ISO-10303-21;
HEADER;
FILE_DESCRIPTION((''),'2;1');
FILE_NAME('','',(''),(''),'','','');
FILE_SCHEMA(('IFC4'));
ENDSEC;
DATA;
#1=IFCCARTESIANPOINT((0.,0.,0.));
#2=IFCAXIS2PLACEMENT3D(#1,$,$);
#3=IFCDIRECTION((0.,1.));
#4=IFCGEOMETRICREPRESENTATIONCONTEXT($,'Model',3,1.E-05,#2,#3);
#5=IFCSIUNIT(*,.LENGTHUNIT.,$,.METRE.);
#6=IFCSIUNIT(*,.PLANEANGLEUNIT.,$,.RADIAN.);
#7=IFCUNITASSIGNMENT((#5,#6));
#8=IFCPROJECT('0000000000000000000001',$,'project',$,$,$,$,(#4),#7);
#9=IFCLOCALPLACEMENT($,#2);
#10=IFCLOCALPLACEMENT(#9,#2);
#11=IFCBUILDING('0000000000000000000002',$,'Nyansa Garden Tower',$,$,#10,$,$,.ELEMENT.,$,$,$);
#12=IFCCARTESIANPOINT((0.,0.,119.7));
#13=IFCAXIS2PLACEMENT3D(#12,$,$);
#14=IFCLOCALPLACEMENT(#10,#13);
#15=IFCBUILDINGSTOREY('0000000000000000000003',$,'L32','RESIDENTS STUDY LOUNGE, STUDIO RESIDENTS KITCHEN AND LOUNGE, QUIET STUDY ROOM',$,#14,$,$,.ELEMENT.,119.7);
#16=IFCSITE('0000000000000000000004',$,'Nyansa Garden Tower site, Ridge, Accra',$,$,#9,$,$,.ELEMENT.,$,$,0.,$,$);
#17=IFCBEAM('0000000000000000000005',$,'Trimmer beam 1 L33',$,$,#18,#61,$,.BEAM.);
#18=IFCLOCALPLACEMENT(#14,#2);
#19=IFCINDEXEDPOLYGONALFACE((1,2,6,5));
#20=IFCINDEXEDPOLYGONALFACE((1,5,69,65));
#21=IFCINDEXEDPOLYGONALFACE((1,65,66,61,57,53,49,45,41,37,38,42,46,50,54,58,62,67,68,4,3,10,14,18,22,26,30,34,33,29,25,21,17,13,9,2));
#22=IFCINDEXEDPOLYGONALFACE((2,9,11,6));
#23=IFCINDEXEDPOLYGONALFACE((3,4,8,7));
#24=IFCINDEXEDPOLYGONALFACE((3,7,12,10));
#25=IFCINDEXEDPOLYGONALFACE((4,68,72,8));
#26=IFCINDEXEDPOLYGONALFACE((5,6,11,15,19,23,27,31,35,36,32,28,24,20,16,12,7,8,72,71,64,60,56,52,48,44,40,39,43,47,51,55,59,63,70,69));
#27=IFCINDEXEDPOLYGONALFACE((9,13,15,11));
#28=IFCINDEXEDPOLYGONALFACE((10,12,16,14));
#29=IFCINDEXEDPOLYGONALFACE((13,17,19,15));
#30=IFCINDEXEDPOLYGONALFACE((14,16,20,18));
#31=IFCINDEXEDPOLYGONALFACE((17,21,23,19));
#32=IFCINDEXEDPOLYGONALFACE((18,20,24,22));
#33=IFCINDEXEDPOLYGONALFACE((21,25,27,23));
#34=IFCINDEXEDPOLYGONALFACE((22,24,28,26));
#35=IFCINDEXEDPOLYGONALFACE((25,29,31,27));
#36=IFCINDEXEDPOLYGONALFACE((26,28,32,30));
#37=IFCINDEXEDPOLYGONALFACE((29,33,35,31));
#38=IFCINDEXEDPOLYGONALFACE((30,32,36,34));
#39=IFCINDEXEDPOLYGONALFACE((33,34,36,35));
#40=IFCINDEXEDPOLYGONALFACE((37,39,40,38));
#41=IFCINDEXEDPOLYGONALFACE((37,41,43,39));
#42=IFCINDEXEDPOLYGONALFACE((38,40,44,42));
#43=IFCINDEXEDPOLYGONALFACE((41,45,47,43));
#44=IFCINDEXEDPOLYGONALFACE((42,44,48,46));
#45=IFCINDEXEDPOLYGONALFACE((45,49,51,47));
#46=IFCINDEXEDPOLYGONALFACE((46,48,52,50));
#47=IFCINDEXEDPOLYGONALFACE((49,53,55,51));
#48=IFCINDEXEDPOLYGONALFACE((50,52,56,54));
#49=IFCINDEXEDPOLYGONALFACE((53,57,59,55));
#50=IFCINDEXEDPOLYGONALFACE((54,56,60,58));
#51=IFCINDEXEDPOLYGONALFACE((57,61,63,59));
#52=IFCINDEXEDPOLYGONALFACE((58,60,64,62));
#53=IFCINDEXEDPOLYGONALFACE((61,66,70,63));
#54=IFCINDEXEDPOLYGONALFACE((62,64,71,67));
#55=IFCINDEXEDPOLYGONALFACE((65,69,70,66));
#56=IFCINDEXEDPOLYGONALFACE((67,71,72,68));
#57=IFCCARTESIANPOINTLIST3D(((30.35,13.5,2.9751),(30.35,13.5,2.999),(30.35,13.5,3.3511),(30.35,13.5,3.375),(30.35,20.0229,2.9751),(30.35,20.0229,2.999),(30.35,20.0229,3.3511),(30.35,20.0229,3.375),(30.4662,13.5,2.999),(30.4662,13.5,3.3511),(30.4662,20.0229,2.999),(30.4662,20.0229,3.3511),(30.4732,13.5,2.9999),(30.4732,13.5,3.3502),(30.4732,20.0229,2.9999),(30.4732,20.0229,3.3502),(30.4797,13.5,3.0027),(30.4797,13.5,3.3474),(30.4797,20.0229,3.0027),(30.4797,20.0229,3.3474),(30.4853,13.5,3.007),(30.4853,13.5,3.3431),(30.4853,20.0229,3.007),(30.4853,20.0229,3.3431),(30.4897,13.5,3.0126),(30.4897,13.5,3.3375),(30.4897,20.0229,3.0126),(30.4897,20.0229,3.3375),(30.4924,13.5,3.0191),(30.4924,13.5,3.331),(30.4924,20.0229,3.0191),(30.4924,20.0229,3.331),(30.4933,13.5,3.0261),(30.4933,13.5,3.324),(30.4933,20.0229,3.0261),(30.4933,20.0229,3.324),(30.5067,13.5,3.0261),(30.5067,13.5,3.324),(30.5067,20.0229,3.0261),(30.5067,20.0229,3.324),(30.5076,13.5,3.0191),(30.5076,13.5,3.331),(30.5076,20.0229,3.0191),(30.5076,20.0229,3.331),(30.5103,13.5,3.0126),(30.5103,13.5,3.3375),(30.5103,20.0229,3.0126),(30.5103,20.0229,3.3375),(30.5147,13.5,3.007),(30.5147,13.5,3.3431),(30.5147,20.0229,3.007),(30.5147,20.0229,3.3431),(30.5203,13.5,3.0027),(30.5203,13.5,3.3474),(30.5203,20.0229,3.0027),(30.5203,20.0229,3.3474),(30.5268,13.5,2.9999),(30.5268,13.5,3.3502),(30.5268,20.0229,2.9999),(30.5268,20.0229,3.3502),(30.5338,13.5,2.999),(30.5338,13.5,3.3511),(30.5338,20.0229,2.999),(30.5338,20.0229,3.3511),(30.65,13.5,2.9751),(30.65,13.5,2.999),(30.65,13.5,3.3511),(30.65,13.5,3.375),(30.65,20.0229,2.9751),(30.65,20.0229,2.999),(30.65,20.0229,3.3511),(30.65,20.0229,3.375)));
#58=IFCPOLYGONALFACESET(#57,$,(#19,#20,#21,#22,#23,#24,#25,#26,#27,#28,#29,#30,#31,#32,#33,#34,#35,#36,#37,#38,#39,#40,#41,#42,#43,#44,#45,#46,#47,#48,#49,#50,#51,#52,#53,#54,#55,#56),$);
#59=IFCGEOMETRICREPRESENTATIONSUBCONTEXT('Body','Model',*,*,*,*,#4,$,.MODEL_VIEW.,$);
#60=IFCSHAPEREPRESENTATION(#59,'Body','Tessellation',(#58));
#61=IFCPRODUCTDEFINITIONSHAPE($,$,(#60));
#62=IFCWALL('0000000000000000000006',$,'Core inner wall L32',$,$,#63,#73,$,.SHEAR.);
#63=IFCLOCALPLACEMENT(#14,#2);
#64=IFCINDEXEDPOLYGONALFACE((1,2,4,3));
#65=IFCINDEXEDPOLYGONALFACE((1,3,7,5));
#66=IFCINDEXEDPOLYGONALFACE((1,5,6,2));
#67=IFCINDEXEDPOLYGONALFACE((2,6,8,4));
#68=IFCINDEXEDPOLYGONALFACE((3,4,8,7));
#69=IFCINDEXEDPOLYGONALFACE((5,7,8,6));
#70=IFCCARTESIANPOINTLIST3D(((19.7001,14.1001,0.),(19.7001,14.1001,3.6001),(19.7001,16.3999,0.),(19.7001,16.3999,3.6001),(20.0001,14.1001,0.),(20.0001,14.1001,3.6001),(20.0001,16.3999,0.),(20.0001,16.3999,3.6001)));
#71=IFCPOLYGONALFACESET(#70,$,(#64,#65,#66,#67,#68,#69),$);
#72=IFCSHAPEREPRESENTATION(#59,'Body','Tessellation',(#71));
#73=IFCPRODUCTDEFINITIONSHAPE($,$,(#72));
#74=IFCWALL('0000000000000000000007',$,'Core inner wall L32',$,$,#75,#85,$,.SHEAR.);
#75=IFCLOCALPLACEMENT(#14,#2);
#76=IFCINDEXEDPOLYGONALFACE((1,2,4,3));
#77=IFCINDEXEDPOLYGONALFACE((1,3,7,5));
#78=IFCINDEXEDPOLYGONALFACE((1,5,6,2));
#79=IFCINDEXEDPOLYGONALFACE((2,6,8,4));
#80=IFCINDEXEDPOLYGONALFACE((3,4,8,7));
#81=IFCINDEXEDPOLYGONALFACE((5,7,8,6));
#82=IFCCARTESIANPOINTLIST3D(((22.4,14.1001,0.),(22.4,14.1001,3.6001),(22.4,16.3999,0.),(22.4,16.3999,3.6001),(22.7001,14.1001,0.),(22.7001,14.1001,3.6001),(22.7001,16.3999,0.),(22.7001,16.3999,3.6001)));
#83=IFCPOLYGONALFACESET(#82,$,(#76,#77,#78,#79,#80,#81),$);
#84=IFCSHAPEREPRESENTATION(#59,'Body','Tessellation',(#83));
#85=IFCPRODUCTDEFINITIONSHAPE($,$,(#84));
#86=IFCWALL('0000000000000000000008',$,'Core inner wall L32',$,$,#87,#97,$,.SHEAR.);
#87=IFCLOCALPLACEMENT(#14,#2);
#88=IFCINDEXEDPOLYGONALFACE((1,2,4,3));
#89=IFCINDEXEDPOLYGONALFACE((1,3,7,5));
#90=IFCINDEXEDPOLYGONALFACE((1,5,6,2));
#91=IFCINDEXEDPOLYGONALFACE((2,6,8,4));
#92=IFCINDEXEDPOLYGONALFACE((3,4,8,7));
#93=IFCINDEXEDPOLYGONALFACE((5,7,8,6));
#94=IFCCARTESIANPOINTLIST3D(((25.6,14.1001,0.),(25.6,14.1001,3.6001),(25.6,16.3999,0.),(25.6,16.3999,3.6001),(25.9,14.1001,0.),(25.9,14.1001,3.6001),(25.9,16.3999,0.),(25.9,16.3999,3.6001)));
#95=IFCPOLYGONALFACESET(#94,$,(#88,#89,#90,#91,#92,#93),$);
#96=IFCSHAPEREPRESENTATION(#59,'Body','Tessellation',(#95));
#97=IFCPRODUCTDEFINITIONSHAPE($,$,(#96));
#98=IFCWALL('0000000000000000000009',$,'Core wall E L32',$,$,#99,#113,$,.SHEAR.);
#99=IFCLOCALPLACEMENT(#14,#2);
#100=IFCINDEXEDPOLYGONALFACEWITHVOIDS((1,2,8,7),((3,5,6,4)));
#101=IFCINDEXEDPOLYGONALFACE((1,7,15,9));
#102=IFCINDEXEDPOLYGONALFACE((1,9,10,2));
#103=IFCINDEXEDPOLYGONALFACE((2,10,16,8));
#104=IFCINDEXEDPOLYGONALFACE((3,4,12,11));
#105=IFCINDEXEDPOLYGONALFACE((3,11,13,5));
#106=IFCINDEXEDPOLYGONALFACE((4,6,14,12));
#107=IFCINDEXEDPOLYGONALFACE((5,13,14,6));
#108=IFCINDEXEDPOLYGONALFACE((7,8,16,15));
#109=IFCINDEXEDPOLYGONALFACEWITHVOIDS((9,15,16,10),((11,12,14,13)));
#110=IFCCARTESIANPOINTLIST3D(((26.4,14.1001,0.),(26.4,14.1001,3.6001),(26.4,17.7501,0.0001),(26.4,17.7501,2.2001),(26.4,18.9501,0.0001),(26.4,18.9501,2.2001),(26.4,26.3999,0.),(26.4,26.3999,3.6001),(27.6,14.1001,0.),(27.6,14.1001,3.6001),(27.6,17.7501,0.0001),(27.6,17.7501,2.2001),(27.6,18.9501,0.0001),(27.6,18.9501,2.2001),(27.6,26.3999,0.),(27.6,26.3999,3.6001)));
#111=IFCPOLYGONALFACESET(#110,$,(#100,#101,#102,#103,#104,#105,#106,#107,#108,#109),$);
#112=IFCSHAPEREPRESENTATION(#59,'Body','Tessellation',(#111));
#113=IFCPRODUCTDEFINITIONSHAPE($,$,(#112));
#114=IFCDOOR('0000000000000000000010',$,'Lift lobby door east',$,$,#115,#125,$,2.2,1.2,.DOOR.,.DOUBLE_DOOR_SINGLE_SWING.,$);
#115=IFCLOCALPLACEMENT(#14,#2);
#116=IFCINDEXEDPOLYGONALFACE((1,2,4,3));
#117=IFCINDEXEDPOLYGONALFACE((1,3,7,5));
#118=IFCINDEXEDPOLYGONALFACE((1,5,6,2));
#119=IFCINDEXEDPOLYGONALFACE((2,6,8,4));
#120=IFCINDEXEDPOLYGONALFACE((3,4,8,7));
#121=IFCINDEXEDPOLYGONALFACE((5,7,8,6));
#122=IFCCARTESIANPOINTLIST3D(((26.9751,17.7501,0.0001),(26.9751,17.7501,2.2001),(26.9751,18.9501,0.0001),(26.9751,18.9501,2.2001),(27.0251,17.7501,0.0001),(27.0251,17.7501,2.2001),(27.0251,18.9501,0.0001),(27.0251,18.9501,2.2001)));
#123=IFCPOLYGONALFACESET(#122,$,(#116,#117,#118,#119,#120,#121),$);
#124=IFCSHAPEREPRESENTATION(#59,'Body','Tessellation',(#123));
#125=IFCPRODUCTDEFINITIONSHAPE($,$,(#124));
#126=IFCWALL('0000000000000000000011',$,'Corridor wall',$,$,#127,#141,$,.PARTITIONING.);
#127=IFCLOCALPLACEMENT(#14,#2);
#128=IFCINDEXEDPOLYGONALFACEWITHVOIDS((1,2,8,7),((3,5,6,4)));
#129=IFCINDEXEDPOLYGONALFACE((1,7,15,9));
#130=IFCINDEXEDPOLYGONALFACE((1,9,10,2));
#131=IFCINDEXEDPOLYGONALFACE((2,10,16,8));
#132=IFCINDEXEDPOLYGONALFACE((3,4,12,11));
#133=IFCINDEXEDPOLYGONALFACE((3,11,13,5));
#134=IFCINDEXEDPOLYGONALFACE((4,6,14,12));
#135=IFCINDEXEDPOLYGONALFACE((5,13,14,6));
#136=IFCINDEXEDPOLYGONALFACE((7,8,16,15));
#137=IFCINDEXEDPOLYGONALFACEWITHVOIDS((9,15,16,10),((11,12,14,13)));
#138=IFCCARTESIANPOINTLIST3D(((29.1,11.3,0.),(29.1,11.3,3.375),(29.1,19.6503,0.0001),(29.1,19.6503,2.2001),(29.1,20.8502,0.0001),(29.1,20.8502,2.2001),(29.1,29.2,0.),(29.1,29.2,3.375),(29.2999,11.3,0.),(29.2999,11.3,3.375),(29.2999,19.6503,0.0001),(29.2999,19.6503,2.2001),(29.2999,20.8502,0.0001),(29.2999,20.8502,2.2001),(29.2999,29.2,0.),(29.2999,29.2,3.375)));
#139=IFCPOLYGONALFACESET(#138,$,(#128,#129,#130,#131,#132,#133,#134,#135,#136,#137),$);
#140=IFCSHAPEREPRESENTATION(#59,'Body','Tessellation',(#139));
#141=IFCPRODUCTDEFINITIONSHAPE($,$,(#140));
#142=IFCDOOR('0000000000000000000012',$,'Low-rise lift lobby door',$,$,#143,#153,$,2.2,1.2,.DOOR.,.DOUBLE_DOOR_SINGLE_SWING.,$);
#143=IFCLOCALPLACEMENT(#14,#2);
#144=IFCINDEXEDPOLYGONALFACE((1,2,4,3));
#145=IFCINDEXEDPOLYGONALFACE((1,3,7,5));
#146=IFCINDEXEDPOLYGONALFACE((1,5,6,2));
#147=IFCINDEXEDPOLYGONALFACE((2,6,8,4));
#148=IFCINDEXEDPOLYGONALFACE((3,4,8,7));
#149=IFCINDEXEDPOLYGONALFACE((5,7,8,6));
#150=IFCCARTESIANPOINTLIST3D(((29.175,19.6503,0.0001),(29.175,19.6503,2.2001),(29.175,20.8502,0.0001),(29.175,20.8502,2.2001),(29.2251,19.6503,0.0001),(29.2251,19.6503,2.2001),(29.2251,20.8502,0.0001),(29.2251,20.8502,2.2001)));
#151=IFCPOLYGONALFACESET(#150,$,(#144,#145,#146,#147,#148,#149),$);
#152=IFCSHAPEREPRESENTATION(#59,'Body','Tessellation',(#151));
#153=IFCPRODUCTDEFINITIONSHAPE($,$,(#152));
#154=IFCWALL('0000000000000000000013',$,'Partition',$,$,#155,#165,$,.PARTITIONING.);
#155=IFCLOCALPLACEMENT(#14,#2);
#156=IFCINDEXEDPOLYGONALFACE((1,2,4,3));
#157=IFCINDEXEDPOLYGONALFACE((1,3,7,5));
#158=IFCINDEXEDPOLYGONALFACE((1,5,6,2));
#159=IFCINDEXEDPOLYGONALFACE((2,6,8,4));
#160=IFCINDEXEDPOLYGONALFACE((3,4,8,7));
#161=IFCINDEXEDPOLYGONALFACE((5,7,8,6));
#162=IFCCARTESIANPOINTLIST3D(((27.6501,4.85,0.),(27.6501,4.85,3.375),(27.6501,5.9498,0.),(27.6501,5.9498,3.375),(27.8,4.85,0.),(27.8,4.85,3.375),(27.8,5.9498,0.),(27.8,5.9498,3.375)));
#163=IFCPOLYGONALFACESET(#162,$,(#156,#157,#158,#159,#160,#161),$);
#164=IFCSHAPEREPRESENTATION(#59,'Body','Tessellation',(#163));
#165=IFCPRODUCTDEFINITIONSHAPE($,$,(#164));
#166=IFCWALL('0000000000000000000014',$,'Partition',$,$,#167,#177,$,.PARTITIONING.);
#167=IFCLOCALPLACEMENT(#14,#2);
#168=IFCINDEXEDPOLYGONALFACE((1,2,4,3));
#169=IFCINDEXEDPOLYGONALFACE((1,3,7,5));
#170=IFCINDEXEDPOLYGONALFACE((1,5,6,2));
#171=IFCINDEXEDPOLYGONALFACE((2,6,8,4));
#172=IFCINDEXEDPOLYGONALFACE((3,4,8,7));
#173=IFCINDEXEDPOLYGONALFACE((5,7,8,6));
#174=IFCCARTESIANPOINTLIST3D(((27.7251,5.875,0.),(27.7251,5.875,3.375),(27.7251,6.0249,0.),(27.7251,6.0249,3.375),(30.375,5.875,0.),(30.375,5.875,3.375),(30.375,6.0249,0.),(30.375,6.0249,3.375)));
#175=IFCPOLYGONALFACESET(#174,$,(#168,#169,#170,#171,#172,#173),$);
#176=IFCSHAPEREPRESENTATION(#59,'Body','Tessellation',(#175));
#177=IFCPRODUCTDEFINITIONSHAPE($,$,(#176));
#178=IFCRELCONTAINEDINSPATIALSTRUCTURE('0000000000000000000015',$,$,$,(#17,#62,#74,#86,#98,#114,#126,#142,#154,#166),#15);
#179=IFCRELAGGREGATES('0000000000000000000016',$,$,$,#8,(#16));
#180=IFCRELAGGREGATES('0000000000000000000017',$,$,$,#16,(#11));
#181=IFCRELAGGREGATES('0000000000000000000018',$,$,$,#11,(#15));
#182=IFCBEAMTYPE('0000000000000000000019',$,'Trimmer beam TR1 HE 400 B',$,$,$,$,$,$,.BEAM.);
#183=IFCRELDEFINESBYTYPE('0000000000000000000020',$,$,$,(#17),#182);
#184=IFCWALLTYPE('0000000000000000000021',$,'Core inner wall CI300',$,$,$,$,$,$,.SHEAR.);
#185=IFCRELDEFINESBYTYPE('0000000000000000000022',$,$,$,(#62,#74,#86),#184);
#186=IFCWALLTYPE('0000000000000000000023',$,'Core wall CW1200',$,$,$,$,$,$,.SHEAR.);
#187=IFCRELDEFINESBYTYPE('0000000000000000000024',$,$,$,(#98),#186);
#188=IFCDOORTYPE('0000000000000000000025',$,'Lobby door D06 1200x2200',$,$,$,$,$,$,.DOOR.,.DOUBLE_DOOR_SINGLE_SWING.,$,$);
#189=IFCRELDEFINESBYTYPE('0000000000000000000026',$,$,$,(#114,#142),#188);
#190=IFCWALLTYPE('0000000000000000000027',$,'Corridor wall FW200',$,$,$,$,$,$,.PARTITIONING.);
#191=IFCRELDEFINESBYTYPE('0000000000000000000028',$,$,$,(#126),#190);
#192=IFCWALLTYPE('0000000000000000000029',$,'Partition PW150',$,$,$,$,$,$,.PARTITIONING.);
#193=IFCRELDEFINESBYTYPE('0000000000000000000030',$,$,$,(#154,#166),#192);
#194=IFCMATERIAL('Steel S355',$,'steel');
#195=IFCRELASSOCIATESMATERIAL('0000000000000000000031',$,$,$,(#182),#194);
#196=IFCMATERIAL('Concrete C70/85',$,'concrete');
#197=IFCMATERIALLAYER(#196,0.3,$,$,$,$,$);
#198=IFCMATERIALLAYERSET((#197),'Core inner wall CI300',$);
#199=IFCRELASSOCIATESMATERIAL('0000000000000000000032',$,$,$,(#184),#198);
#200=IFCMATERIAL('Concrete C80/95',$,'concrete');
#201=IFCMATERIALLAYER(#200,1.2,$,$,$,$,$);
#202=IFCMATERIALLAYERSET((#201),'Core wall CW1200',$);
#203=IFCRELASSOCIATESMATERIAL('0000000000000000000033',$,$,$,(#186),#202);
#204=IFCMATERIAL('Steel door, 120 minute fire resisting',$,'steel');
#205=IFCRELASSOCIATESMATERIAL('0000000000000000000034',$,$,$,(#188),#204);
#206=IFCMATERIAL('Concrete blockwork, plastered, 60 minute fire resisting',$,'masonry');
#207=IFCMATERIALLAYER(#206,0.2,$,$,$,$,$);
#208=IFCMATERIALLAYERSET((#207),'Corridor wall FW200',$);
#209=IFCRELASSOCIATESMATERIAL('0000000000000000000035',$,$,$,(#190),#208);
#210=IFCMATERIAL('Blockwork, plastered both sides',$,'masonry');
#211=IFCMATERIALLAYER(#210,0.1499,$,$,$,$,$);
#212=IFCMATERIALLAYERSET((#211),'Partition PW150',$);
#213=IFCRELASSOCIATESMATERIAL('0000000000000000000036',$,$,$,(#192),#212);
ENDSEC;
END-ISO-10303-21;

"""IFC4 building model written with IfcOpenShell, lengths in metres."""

from ifc_helpers import new_model, si_unit, direction, frame, frame_2d, origin, origin_2d, place, context, subcontext, project, spatial, rectangle, i_section, extrude, material, layer, layer_set, material_profile, profile_set, type_object, element, fill, save


model = new_model("IFC4")

# Units and contexts
model_context = context("Model", 3, precision=1e-05, world=origin(), true_north=direction((0.0, 1.0)))
body_context = subcontext(model_context, "Body", "Model", "MODEL_VIEW")
ifc_project = project(units=[si_unit("LENGTHUNIT", "METRE"), si_unit("PLANEANGLEUNIT", "RADIAN")], contexts=[model_context])

# Site, building, storey
site_placement = place(None, origin())
site = spatial("IfcSite", under=ifc_project, at=site_placement, Name="Nyansa Garden Tower site, Ridge, Accra", CompositionType="ELEMENT", RefElevation=0.0)
building_placement = place(site_placement, origin())
building = spatial("IfcBuilding", under=site, at=building_placement, Name="Nyansa Garden Tower", CompositionType="ELEMENT")
storey_placement = place(building_placement, frame((0.0, 0.0, 119.7)))
storey = spatial("IfcBuildingStorey", under=building, at=storey_placement, Name="L32", Description="RESIDENTS STUDY LOUNGE, STUDIO RESIDENTS KITCHEN AND LOUNGE, QUIET STUDY ROOM", CompositionType="ELEMENT", Elevation=119.7)

# Beam
ifc_material_1 = material(Name="Steel S355", Category="steel")
ifc_material_profile_1 = material_profile(ifc_material_1, i_section(OverallWidth=0.3, OverallDepth=0.3999, WebThickness=0.0134, FlangeThickness=0.0239, FilletRadius=0.0271, at=origin_2d()), Name="HE 400 B")
ifc_profile_set_1 = profile_set([ifc_material_profile_1], Name="Steel S355")
beam_type_1 = type_object("IfcBeamType", Name="Trimmer beam TR1 HE 400 B", PredefinedType="BEAM", material=ifc_profile_set_1)
beam_1_placement = place(storey_placement, frame((30.5, 13.5, 3.175), z_axis=(0.0, 1.0, 0.0), x_axis=(-1.0, 0.0, 0.0)))
element("IfcBeam", 1, at=beam_1_placement, inside=storey, type_object=beam_type_1, Name="Trimmer beam 1 L33", PredefinedType="BEAM", context=body_context, shape_type="SweptSolid", body=[
    extrude(i_section(OverallWidth=0.3, OverallDepth=0.3999, WebThickness=0.0134, FlangeThickness=0.0239, FilletRadius=0.0271, at=origin_2d()), origin(), (0.0, 0.0, 1.0), 6.5229),
])

# Walls
ifc_material_2 = material(Name="Concrete C70/85", Category="concrete")
ifc_layer_1 = layer(ifc_material_2, 0.3)
ifc_layer_set_1 = layer_set([ifc_layer_1], Name="Core inner wall CI300")
wall_type_1 = type_object("IfcWallType", Name="Core inner wall CI300", PredefinedType="SHEAR", material=ifc_layer_set_1)
for number, where, z_axis, x_axis, name in (
    (2, (19.8501, 14.1001, 0.0), (0.0, 0.0, 1.0), (0.0, 1.0, 0.0), "Core inner wall L32"),
    (3, (22.55, 14.1001, 0.0), (0.0, 0.0, 1.0), (0.0, 1.0, 0.0), "Core inner wall L32"),
    (4, (25.75, 14.1001, 0.0), (0.0, 0.0, 1.0), (0.0, 1.0, 0.0), "Core inner wall L32"),
):
    element("IfcWall", number, at=place(storey_placement, frame(where, z_axis=z_axis, x_axis=x_axis)), inside=storey, type_object=wall_type_1, Name=name, PredefinedType="SHEAR", context=body_context, shape_type="SweptSolid", body=[
        extrude(rectangle(XDim=2.2998, YDim=0.3, at=frame_2d((1.1499, 0.0))), origin(), (0.0, 0.0, 1.0), 3.6001),
    ])

# Walls, openings, doors
ifc_material_3 = material(Name="Concrete C80/95", Category="concrete")
ifc_layer_2 = layer(ifc_material_3, 1.2)
ifc_layer_set_2 = layer_set([ifc_layer_2], Name="Core wall CW1200")
wall_type_2 = type_object("IfcWallType", Name="Core wall CW1200", PredefinedType="SHEAR", material=ifc_layer_set_2)
wall_1_placement = place(storey_placement, frame((27.0, 14.1001, 0.0), z_axis=(0.0, 0.0, 1.0), x_axis=(0.0, 1.0, 0.0)))
wall_1 = element("IfcWall", 5, at=wall_1_placement, inside=storey, type_object=wall_type_2, Name="Core wall E L32", PredefinedType="SHEAR", context=body_context, shape_type="SweptSolid", body=[
    extrude(rectangle(XDim=12.2998, YDim=1.2, at=frame_2d((6.1499, 0.0))), origin(), (0.0, 0.0, 1.0), 3.6001),
])
opening_1_placement = place(wall_1_placement, frame((3.6499, 0.0, 0.0)))
opening_1 = element("IfcOpeningElement", 6, at=opening_1_placement, cuts=wall_1, PredefinedType="OPENING", context=body_context, shape_type="SweptSolid", body=[
    extrude(rectangle(XDim=1.2, YDim=2.2, at=frame_2d((0.6001, 1.1001))), frame((0.0, 0.6099, 0.0), z_axis=(0.0, -1.0, 0.0), x_axis=(1.0, 0.0, 0.0)), (0.0, 0.0, 1.0), 1.22),
])
ifc_material_4 = material(Name="Steel door, 120 minute fire resisting", Category="steel")
door_type_1 = type_object("IfcDoorType", Name="Lobby door D06 1200x2200", OperationType="DOUBLE_DOOR_SINGLE_SWING", PredefinedType="DOOR", material=ifc_material_4)
door_1_placement = place(opening_1_placement, origin())
door_1 = element("IfcDoor", 7, at=door_1_placement, inside=storey, type_object=door_type_1, Name="Lift lobby door east", OperationType="DOUBLE_DOOR_SINGLE_SWING", OverallHeight=2.2, OverallWidth=1.2, PredefinedType="DOOR", context=body_context, shape_type="SweptSolid", body=[
    extrude(rectangle(XDim=1.2, YDim=2.2, at=frame_2d((0.6001, 1.1001))), frame((0.0, 0.0249, 0.0), z_axis=(0.0, -1.0, 0.0), x_axis=(1.0, 0.0, 0.0)), (0.0, 0.0, 1.0), 0.05),
])
fill(opening_1, door_1)
ifc_material_5 = material(Name="Concrete blockwork, plastered, 60 minute fire resisting", Category="masonry")
ifc_layer_3 = layer(ifc_material_5, 0.2)
ifc_layer_set_3 = layer_set([ifc_layer_3], Name="Corridor wall FW200")
wall_type_3 = type_object("IfcWallType", Name="Corridor wall FW200", PredefinedType="PARTITIONING", material=ifc_layer_set_3)
wall_2_placement = place(storey_placement, frame((29.2, 11.3, 0.0), z_axis=(0.0, 0.0, 1.0), x_axis=(0.0, 1.0, 0.0)))
wall_2 = element("IfcWall", 8, at=wall_2_placement, inside=storey, type_object=wall_type_3, Name="Corridor wall", PredefinedType="PARTITIONING", context=body_context, shape_type="SweptSolid", body=[
    extrude(rectangle(XDim=17.8999, YDim=0.2, at=frame_2d((8.95, 0.0))), origin(), (0.0, 0.0, 1.0), 3.375),
])
opening_2_placement = place(wall_2_placement, frame((8.3501, 0.0, 0.0)))
opening_2 = element("IfcOpeningElement", 9, at=opening_2_placement, cuts=wall_2, PredefinedType="OPENING", context=body_context, shape_type="SweptSolid", body=[
    extrude(rectangle(XDim=1.2, YDim=2.2, at=frame_2d((0.6001, 1.1001))), frame((0.0, 0.1099, 0.0), z_axis=(0.0, -1.0, 0.0), x_axis=(1.0, 0.0, 0.0)), (0.0, 0.0, 1.0), 0.22),
])
door_2_placement = place(opening_2_placement, origin())
door_2 = element("IfcDoor", 10, at=door_2_placement, inside=storey, type_object=door_type_1, Name="Low-rise lift lobby door", OperationType="DOUBLE_DOOR_SINGLE_SWING", OverallHeight=2.2, OverallWidth=1.2, PredefinedType="DOOR", context=body_context, shape_type="SweptSolid", body=[
    extrude(rectangle(XDim=1.2, YDim=2.2, at=frame_2d((0.6001, 1.1001))), frame((0.0, 0.0249, 0.0), z_axis=(0.0, -1.0, 0.0), x_axis=(1.0, 0.0, 0.0)), (0.0, 0.0, 1.0), 0.05),
])
fill(opening_2, door_2)

# Walls
ifc_material_6 = material(Name="Blockwork, plastered both sides", Category="masonry")
ifc_layer_4 = layer(ifc_material_6, 0.1499)
ifc_layer_set_4 = layer_set([ifc_layer_4], Name="Partition PW150")
wall_type_4 = type_object("IfcWallType", Name="Partition PW150", PredefinedType="PARTITIONING", material=ifc_layer_set_4)
wall_3_placement = place(storey_placement, frame((27.7251, 4.8501, 0.0), z_axis=(0.0, 0.0, 1.0), x_axis=(0.0, 1.0, 0.0)))
element("IfcWall", 11, at=wall_3_placement, inside=storey, type_object=wall_type_4, Name="Partition", PredefinedType="PARTITIONING", context=body_context, shape_type="SweptSolid", body=[
    extrude(rectangle(XDim=1.0999, YDim=0.1499, at=frame_2d((0.5498, 0.0))), origin(), (0.0, 0.0, 1.0), 3.375),
])
wall_4_placement = place(storey_placement, frame((27.7251, 5.95, 0.0), z_axis=(0.0, 0.0, 1.0), x_axis=(1.0, 0.0, 0.0)))
element("IfcWall", 12, at=wall_4_placement, inside=storey, type_object=wall_type_4, Name="Partition", PredefinedType="PARTITIONING", context=body_context, shape_type="SweptSolid", body=[
    extrude(rectangle(XDim=2.6499, YDim=0.1499, at=frame_2d((1.325, 0.0))), origin(), (0.0, 0.0, 1.0), 3.375),
])

save(model, "model.ifc")
